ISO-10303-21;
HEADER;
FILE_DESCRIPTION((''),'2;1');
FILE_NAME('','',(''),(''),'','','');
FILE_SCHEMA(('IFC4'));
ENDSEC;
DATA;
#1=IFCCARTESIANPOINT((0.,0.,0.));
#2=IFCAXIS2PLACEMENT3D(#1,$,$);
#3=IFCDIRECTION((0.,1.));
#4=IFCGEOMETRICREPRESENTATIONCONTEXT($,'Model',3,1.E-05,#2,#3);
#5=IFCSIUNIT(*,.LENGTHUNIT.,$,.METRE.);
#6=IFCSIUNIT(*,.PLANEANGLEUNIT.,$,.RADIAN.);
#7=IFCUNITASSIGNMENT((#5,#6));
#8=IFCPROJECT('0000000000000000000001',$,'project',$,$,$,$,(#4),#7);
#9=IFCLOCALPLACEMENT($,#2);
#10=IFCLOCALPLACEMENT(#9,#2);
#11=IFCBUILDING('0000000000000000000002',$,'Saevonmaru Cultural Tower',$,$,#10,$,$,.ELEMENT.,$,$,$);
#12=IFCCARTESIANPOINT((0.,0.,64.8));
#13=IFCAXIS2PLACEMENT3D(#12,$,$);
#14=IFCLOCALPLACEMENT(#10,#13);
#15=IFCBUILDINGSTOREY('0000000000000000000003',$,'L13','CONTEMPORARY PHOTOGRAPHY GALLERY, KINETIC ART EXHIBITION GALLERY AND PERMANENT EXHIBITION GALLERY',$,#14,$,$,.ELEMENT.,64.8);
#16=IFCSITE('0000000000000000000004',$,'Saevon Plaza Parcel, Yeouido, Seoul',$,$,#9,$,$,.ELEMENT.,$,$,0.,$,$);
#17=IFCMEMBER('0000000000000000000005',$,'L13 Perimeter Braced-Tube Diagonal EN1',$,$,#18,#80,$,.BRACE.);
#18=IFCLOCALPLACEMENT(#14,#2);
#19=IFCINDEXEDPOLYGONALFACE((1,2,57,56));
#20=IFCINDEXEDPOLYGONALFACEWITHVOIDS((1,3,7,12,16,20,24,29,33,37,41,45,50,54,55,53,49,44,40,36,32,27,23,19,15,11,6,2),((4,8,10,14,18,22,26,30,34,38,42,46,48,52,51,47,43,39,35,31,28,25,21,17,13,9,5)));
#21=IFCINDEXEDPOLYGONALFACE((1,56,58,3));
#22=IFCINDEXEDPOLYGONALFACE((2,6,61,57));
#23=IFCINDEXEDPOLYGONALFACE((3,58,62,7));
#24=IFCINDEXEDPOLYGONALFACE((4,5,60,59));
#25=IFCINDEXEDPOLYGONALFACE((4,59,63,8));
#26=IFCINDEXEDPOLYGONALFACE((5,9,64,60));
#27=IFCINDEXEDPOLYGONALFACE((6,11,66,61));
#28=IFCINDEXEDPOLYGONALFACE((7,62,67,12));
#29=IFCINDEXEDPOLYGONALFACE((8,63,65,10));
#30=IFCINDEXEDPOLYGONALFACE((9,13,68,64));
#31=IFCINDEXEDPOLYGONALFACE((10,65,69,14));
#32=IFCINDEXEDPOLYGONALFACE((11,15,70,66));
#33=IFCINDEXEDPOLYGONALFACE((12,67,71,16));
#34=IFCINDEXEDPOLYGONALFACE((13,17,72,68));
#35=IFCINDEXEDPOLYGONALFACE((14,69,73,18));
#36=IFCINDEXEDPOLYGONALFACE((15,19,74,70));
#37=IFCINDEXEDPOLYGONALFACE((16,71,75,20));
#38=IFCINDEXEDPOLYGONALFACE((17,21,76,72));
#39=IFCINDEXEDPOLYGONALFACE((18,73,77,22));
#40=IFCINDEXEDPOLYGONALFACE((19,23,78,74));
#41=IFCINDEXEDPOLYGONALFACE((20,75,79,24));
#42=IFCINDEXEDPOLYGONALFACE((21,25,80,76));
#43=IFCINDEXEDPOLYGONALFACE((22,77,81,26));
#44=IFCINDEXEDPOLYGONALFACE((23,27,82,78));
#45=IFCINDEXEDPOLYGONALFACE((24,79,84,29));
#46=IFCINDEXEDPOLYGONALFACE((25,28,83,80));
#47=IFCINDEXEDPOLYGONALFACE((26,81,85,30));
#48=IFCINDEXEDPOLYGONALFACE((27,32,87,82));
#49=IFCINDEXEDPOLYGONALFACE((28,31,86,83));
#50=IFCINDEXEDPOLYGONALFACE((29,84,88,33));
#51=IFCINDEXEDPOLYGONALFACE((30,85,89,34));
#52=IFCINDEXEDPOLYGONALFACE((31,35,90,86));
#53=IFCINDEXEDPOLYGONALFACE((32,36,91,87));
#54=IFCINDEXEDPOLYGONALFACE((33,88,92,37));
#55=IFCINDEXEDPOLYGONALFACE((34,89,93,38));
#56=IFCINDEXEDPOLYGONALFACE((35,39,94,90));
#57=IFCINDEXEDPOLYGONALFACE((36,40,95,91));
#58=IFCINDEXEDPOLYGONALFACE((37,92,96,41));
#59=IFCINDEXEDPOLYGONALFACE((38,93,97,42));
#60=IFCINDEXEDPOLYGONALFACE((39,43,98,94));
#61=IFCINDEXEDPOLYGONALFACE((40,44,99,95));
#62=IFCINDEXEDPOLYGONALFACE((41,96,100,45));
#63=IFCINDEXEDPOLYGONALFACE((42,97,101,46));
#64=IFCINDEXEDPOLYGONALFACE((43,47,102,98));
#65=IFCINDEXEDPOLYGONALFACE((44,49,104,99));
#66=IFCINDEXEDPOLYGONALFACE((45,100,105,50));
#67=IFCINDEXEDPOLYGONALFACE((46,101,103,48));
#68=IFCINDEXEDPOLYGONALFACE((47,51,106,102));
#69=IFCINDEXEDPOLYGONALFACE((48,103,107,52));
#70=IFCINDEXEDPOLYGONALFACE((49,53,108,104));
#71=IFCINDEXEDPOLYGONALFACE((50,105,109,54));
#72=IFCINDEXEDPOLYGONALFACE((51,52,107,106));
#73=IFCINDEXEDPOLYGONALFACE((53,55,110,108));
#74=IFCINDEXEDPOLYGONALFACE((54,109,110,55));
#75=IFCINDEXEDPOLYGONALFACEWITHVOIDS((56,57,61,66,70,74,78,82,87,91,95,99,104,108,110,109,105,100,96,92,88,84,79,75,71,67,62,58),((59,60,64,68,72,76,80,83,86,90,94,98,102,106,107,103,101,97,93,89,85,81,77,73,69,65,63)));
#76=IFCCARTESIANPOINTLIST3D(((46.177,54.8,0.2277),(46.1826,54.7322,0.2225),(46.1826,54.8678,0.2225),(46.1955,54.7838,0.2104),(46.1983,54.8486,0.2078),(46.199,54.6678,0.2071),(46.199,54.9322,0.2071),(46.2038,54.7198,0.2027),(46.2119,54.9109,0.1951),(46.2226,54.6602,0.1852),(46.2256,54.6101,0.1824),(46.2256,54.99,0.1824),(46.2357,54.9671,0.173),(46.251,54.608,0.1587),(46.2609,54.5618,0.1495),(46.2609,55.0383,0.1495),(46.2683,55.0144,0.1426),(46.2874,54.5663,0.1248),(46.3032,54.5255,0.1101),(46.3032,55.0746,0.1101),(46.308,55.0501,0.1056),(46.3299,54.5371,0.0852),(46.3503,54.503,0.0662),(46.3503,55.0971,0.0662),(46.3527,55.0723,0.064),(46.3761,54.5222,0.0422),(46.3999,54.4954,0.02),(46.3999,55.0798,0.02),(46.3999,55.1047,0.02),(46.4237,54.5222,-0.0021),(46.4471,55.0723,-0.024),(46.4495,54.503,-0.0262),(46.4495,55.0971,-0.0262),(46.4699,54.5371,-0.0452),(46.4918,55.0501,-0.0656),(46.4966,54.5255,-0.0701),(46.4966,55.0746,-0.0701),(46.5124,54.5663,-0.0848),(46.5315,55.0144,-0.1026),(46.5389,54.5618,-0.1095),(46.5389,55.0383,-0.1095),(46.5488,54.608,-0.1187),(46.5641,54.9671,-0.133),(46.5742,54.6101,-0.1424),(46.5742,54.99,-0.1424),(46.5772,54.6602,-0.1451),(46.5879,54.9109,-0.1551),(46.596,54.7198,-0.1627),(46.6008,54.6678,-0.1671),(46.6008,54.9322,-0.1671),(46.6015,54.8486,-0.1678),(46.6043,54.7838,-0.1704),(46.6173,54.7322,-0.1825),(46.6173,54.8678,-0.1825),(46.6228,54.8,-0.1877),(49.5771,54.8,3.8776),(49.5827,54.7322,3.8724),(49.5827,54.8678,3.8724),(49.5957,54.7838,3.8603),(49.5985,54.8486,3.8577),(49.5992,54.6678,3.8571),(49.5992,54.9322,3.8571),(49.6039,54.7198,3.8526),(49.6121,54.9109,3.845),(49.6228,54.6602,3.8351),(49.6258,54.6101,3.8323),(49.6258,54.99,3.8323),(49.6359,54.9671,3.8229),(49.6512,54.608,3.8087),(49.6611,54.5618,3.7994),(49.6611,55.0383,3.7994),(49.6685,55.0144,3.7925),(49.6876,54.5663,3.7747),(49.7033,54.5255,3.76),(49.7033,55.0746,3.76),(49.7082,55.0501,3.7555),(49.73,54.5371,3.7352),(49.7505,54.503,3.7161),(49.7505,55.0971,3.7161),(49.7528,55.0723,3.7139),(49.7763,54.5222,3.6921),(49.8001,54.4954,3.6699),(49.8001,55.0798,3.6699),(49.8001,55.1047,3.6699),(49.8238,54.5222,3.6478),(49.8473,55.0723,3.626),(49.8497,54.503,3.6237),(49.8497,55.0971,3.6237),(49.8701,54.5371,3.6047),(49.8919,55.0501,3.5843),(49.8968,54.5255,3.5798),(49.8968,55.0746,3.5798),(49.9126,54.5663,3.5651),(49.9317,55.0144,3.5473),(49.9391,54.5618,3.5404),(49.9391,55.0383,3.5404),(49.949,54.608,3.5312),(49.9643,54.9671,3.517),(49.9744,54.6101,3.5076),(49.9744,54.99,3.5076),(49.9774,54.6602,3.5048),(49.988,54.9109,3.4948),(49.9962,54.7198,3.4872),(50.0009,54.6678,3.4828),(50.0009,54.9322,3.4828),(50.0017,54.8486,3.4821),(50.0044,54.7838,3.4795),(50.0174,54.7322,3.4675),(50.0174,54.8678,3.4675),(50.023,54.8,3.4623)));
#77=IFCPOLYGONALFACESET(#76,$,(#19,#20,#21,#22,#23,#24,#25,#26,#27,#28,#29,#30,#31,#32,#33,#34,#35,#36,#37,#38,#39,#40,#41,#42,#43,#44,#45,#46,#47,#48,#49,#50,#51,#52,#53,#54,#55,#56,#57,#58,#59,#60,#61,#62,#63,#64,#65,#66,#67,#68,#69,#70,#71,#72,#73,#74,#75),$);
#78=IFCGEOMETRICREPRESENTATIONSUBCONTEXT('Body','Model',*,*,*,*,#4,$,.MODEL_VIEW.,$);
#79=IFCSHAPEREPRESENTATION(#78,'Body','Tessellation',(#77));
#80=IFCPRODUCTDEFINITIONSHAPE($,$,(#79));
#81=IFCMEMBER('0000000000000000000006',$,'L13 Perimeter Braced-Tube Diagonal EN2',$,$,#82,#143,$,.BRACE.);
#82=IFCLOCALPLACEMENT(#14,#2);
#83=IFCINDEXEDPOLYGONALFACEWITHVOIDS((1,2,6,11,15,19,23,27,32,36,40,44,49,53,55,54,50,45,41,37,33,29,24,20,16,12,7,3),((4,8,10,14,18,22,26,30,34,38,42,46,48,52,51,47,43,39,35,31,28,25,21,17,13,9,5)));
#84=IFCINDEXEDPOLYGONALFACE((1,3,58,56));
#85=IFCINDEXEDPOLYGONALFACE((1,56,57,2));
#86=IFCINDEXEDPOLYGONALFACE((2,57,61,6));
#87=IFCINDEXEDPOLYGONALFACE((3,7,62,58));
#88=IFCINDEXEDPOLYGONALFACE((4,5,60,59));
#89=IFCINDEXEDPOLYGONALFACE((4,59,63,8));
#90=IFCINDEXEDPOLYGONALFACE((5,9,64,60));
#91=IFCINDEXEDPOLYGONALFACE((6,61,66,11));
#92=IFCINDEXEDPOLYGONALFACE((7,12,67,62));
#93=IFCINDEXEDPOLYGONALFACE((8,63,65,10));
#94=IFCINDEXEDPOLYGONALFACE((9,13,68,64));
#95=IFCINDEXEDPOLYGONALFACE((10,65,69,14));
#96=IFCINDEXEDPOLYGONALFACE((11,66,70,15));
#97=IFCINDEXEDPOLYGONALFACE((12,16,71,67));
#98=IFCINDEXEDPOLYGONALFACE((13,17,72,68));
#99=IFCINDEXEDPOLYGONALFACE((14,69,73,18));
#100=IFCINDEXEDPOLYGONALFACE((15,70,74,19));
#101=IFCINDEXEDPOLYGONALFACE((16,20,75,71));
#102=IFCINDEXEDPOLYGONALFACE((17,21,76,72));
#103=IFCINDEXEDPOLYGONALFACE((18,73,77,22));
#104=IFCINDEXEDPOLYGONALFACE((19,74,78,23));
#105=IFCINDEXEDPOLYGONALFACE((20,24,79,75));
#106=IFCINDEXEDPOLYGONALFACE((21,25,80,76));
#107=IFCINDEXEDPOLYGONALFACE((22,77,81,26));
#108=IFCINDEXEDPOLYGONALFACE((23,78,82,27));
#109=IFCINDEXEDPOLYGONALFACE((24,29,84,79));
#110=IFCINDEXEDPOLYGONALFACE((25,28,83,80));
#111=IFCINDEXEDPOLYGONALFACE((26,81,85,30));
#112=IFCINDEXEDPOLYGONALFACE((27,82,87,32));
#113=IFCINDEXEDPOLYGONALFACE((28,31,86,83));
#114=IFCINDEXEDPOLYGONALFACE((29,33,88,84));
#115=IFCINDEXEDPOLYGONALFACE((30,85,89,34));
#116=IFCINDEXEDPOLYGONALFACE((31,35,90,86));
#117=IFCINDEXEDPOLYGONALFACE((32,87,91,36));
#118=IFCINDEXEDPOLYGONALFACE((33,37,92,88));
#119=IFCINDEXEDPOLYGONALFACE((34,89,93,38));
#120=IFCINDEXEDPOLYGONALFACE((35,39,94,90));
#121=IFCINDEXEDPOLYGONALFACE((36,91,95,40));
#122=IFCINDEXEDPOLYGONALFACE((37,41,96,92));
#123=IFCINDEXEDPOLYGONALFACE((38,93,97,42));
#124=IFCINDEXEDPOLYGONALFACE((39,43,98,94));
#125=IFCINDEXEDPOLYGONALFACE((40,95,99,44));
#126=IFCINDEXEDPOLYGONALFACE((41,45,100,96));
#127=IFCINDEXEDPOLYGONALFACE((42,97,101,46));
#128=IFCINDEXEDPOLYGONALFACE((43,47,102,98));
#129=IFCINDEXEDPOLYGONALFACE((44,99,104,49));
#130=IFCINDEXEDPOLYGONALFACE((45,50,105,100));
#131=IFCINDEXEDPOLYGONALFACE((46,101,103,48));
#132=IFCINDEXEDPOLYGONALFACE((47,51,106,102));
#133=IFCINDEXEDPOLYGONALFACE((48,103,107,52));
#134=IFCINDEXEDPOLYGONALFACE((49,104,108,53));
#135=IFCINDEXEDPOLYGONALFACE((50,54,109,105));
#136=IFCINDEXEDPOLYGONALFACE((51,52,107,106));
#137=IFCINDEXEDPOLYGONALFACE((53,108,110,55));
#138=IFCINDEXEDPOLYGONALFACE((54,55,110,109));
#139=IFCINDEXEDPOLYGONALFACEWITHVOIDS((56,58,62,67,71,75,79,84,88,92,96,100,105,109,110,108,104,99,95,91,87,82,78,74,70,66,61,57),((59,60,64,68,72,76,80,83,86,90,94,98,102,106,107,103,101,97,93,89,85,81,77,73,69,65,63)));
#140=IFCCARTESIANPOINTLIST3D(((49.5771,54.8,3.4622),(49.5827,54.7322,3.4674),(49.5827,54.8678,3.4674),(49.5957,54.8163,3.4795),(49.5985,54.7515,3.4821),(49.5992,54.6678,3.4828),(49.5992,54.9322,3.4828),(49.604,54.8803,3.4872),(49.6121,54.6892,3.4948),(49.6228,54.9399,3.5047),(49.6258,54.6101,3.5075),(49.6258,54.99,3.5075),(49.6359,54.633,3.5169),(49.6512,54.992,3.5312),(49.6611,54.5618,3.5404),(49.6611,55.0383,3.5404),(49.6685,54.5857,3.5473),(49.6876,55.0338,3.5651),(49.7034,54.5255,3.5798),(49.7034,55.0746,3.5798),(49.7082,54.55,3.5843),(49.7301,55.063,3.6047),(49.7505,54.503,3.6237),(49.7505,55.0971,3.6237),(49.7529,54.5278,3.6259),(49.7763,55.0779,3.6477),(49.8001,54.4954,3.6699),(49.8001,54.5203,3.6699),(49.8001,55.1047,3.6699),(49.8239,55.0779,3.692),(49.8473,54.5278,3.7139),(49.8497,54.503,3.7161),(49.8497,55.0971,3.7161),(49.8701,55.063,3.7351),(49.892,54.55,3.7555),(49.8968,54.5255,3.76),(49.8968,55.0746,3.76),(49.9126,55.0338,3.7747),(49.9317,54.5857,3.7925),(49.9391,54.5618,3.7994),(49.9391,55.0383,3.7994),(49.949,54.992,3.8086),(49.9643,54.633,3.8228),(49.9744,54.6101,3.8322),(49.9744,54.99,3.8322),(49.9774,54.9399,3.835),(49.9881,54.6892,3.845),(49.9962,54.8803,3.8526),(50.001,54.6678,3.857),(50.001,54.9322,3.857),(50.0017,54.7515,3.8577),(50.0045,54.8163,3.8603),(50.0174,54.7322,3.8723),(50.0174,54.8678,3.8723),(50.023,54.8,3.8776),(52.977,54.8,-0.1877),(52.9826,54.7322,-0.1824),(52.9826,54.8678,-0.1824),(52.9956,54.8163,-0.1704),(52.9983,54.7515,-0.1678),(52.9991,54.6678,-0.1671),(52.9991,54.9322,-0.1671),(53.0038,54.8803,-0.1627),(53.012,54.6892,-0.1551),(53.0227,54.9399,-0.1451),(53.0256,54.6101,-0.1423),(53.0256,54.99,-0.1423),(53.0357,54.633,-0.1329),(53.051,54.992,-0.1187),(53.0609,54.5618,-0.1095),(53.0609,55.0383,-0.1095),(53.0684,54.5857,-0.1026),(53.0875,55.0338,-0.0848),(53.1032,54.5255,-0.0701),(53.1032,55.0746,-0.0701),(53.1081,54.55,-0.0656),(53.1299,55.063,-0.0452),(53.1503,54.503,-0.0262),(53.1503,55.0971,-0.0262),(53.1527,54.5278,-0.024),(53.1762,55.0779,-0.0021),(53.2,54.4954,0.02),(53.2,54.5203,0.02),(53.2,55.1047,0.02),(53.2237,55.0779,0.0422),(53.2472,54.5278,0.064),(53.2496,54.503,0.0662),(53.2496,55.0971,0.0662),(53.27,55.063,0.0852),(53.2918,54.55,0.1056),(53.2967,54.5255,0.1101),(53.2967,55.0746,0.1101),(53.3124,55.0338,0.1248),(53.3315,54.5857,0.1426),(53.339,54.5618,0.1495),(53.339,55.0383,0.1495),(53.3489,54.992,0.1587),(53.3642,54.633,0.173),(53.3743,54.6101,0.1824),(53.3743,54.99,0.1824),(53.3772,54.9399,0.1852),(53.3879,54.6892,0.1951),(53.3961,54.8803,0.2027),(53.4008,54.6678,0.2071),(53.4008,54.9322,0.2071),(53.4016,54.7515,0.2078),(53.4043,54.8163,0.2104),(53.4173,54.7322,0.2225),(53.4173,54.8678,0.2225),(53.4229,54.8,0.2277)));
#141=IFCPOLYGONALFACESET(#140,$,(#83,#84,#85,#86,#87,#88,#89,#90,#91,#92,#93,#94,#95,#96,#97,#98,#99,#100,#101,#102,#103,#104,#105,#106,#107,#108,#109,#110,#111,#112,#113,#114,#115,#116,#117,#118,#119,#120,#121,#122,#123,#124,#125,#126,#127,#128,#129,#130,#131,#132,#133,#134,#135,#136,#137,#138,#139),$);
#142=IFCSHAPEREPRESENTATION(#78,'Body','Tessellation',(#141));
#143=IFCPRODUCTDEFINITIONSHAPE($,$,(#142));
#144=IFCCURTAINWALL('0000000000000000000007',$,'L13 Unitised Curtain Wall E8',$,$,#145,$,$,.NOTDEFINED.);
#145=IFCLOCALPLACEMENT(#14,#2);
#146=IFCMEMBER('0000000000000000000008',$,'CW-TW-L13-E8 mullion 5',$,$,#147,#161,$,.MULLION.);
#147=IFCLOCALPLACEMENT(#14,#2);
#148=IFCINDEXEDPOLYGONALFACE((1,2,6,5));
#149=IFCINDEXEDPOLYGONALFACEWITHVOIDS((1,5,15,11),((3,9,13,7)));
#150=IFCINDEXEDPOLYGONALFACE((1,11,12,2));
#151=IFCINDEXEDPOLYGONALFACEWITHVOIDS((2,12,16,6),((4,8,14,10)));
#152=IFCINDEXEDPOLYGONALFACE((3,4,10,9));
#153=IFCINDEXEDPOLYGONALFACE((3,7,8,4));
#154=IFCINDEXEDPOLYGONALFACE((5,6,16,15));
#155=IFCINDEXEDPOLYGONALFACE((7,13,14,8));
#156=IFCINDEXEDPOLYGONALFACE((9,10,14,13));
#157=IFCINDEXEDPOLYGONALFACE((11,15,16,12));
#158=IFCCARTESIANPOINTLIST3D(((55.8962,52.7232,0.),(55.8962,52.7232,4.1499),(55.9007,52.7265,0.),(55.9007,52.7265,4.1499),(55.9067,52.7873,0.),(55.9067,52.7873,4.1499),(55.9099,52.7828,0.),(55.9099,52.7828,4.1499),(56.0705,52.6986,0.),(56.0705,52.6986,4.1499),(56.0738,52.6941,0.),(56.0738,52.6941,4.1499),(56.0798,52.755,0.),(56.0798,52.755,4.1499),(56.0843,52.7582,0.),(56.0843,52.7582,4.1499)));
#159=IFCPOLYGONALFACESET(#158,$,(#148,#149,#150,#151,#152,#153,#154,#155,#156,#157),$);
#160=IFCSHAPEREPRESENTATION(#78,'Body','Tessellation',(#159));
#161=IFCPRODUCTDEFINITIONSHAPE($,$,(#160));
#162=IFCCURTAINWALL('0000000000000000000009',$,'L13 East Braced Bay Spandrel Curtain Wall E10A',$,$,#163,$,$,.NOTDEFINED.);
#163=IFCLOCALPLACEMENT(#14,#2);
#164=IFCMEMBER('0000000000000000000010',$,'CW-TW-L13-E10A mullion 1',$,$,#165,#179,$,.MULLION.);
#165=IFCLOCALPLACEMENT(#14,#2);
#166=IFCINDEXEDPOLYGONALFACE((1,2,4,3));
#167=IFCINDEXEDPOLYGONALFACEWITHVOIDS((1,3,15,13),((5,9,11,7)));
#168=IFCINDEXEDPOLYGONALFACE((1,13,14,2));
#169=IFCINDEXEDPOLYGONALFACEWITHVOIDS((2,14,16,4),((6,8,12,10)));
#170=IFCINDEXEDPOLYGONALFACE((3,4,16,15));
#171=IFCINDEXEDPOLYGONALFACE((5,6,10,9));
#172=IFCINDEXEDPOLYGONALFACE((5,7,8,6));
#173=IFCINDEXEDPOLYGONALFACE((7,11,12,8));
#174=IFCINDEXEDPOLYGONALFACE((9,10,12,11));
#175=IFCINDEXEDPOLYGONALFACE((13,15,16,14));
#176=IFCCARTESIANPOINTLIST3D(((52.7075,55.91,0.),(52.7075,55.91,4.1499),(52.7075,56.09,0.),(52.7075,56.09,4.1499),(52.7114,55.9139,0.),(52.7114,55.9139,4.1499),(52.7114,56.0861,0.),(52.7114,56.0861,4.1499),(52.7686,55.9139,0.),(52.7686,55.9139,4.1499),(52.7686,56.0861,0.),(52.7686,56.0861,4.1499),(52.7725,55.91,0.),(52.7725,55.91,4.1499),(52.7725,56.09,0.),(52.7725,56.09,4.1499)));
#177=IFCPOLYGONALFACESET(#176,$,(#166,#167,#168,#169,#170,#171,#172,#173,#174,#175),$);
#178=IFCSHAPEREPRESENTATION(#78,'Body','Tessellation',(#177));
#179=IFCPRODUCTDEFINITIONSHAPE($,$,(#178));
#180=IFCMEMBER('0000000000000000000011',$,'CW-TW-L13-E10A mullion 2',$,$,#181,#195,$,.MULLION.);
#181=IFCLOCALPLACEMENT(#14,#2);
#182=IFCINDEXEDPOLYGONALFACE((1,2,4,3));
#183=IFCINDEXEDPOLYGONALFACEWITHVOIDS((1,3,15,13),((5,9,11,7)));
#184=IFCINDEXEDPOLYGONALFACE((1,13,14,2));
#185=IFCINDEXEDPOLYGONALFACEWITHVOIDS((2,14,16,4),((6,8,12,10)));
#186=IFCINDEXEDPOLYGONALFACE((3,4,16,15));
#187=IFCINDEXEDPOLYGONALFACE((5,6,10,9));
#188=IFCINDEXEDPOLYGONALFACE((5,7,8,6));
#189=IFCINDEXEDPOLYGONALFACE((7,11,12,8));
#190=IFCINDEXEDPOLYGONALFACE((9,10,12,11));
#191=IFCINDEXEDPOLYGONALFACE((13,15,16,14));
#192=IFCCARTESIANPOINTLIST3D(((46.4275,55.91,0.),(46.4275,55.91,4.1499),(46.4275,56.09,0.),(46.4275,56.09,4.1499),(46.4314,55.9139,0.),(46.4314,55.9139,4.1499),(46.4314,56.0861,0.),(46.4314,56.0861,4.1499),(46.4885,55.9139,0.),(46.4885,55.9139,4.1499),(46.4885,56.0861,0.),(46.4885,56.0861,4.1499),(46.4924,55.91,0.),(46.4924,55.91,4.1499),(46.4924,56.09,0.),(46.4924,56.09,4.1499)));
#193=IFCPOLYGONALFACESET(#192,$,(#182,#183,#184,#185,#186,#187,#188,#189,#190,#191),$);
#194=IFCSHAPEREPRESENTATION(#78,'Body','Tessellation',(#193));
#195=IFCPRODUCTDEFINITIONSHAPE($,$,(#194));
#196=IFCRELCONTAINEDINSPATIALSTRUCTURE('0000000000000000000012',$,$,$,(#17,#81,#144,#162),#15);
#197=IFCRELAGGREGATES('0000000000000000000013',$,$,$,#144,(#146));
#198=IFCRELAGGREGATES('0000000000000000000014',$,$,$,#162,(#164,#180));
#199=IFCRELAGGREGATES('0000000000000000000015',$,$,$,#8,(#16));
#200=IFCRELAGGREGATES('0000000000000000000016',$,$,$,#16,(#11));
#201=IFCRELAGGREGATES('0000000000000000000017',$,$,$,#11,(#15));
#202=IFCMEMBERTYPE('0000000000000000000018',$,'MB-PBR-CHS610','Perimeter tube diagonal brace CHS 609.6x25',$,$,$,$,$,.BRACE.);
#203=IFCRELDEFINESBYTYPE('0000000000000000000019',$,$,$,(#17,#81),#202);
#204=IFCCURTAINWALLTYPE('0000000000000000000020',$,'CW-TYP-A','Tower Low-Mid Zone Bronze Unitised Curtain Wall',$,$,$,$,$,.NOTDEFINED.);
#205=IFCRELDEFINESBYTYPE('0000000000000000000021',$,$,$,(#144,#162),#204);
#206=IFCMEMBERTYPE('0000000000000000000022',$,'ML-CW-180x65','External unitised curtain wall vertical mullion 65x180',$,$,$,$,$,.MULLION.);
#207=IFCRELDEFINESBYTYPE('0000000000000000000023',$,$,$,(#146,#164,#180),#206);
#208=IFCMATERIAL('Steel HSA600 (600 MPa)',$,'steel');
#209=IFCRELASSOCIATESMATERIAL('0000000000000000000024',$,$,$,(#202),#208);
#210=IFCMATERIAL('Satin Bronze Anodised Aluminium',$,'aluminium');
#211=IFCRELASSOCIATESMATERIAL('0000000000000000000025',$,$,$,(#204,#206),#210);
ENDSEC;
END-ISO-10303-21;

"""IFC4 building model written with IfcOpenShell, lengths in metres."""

from ifc_helpers import new_model, si_unit, direction, frame, origin, origin_2d, place, context, subcontext, project, spatial, hollow_rectangle, hollow_circle, extrude, material, material_profile, profile_set, type_object, element, aggregate, save


model = new_model("IFC4")

# Units and contexts
model_context = context("Model", 3, precision=1e-05, world=origin(), true_north=direction((0.0, 1.0)))
body_context = subcontext(model_context, "Body", "Model", "MODEL_VIEW")
ifc_project = project(units=[si_unit("LENGTHUNIT", "METRE"), si_unit("PLANEANGLEUNIT", "RADIAN")], contexts=[model_context])

# Site, building, storey
site_placement = place(None, origin())
site = spatial("IfcSite", under=ifc_project, at=site_placement, Name="Saevon Plaza Parcel, Yeouido, Seoul", CompositionType="ELEMENT", RefElevation=0.0)
building_placement = place(site_placement, origin())
building = spatial("IfcBuilding", under=site, at=building_placement, Name="Saevonmaru Cultural Tower", CompositionType="ELEMENT")
storey_placement = place(building_placement, frame((0.0, 0.0, 64.8)))
storey = spatial("IfcBuildingStorey", under=building, at=storey_placement, Name="L13", Description="CONTEMPORARY PHOTOGRAPHY GALLERY, KINETIC ART EXHIBITION GALLERY AND PERMANENT EXHIBITION GALLERY", CompositionType="ELEMENT", Elevation=64.8)

# Shared definitions
ifc_material_1 = material(Name="Steel HSA600 (600 MPa)", Category="steel")

# Members
ifc_material_profile_1 = material_profile(ifc_material_1, hollow_circle(Radius=0.3047, WallThickness=0.0249, at=origin_2d()), Name="CHS-609.6x25")
ifc_profile_set_1 = profile_set([ifc_material_profile_1], Name="Steel HSA600 (600 MPa)")
member_type_1 = type_object("IfcMemberType", Name="MB-PBR-CHS610", Description="Perimeter tube diagonal brace CHS 609.6x25", PredefinedType="BRACE", material=ifc_profile_set_1)
member_1_placement = place(storey_placement, frame((46.3999, 54.8, 0.02), z_axis=(0.681629, 0.0, 0.731698), x_axis=(0.0, 1.0, 0.0)))
element("IfcMember", 1, at=member_1_placement, inside=storey, type_object=member_type_1, Name="L13 Perimeter Braced-Tube Diagonal EN1", PredefinedType="BRACE", context=body_context, shape_type="SweptSolid", body=[
    extrude(hollow_circle(Radius=0.3047, WallThickness=0.0249, at=origin_2d()), origin(), (0.0, 0.0, 1.0), 4.9883),
])
member_2_placement = place(storey_placement, frame((53.2, 54.8, 0.02), z_axis=(-0.681603, 0.0, 0.731722), x_axis=(0.0, -1.0, 0.0)))
element("IfcMember", 2, at=member_2_placement, inside=storey, type_object=member_type_1, Name="L13 Perimeter Braced-Tube Diagonal EN2", PredefinedType="BRACE", context=body_context, shape_type="SweptSolid", body=[
    extrude(hollow_circle(Radius=0.3047, WallThickness=0.0249, at=origin_2d()), origin(), (0.0, 0.0, 1.0), 4.988),
])

# Curtain wall, member
ifc_material_2 = material(Name="Satin Bronze Anodised Aluminium", Category="aluminium")
curtain_wall_type = type_object("IfcCurtainWallType", Name="CW-TYP-A", Description="Tower Low-Mid Zone Bronze Unitised Curtain Wall", PredefinedType="NOTDEFINED", material=ifc_material_2)
curtain_wall_1_placement = place(storey_placement, origin())
curtain_wall_1 = element("IfcCurtainWall", 3, at=curtain_wall_1_placement, inside=storey, type_object=curtain_wall_type, Name="L13 Unitised Curtain Wall E8", PredefinedType="NOTDEFINED")
ifc_material_profile_2 = material_profile(ifc_material_2, hollow_rectangle(XDim=0.0649, YDim=0.1799, WallThickness=0.0039, at=origin_2d()), Name="ALU-MULL-180x65x4")
ifc_profile_set_2 = profile_set([ifc_material_profile_2], Name="Satin Bronze Anodised Aluminium")
member_type_2 = type_object("IfcMemberType", Name="ML-CW-180x65", Description="External unitised curtain wall vertical mullion 65x180", PredefinedType="MULLION", material=ifc_profile_set_2)
member_3_placement = place(storey_placement, frame((55.9902, 52.7407, 0.0), z_axis=(0.0, 0.0, 1.0), x_axis=(0.161709, 0.986839, 0.0)))
member_3 = element("IfcMember", 4, at=member_3_placement, type_object=member_type_2, Name="CW-TW-L13-E8 mullion 5", PredefinedType="MULLION", context=body_context, shape_type="SweptSolid", body=[
    extrude(hollow_rectangle(XDim=0.0649, YDim=0.1799, WallThickness=0.0039, at=origin_2d()), origin(), (0.0, 0.0, 1.0), 4.1499),
])

# Curtain wall, members
curtain_wall_2_placement = place(storey_placement, origin())
curtain_wall_2 = element("IfcCurtainWall", 5, at=curtain_wall_2_placement, inside=storey, type_object=curtain_wall_type, Name="L13 East Braced Bay Spandrel Curtain Wall E10A", PredefinedType="NOTDEFINED")
member_4_placement = place(storey_placement, frame((52.74, 56.0, 0.0), z_axis=(0.0, 0.0, 1.0), x_axis=(-1.0, 0.0, 0.0)))
member_4 = element("IfcMember", 6, at=member_4_placement, type_object=member_type_2, Name="CW-TW-L13-E10A mullion 1", PredefinedType="MULLION", context=body_context, shape_type="SweptSolid", body=[
    extrude(hollow_rectangle(XDim=0.0649, YDim=0.1799, WallThickness=0.0039, at=origin_2d()), origin(), (0.0, 0.0, 1.0), 4.1499),
])
member_5_placement = place(storey_placement, frame((46.46, 56.0, 0.0), z_axis=(0.0, 0.0, 1.0), x_axis=(-1.0, 0.0, 0.0)))
member_5 = element("IfcMember", 7, at=member_5_placement, type_object=member_type_2, Name="CW-TW-L13-E10A mullion 2", PredefinedType="MULLION", context=body_context, shape_type="SweptSolid", body=[
    extrude(hollow_rectangle(XDim=0.0649, YDim=0.1799, WallThickness=0.0039, at=origin_2d()), origin(), (0.0, 0.0, 1.0), 4.1499),
])

aggregate(curtain_wall_1, [member_3])
aggregate(curtain_wall_2, [member_4, member_5])

save(model, "model.ifc")
